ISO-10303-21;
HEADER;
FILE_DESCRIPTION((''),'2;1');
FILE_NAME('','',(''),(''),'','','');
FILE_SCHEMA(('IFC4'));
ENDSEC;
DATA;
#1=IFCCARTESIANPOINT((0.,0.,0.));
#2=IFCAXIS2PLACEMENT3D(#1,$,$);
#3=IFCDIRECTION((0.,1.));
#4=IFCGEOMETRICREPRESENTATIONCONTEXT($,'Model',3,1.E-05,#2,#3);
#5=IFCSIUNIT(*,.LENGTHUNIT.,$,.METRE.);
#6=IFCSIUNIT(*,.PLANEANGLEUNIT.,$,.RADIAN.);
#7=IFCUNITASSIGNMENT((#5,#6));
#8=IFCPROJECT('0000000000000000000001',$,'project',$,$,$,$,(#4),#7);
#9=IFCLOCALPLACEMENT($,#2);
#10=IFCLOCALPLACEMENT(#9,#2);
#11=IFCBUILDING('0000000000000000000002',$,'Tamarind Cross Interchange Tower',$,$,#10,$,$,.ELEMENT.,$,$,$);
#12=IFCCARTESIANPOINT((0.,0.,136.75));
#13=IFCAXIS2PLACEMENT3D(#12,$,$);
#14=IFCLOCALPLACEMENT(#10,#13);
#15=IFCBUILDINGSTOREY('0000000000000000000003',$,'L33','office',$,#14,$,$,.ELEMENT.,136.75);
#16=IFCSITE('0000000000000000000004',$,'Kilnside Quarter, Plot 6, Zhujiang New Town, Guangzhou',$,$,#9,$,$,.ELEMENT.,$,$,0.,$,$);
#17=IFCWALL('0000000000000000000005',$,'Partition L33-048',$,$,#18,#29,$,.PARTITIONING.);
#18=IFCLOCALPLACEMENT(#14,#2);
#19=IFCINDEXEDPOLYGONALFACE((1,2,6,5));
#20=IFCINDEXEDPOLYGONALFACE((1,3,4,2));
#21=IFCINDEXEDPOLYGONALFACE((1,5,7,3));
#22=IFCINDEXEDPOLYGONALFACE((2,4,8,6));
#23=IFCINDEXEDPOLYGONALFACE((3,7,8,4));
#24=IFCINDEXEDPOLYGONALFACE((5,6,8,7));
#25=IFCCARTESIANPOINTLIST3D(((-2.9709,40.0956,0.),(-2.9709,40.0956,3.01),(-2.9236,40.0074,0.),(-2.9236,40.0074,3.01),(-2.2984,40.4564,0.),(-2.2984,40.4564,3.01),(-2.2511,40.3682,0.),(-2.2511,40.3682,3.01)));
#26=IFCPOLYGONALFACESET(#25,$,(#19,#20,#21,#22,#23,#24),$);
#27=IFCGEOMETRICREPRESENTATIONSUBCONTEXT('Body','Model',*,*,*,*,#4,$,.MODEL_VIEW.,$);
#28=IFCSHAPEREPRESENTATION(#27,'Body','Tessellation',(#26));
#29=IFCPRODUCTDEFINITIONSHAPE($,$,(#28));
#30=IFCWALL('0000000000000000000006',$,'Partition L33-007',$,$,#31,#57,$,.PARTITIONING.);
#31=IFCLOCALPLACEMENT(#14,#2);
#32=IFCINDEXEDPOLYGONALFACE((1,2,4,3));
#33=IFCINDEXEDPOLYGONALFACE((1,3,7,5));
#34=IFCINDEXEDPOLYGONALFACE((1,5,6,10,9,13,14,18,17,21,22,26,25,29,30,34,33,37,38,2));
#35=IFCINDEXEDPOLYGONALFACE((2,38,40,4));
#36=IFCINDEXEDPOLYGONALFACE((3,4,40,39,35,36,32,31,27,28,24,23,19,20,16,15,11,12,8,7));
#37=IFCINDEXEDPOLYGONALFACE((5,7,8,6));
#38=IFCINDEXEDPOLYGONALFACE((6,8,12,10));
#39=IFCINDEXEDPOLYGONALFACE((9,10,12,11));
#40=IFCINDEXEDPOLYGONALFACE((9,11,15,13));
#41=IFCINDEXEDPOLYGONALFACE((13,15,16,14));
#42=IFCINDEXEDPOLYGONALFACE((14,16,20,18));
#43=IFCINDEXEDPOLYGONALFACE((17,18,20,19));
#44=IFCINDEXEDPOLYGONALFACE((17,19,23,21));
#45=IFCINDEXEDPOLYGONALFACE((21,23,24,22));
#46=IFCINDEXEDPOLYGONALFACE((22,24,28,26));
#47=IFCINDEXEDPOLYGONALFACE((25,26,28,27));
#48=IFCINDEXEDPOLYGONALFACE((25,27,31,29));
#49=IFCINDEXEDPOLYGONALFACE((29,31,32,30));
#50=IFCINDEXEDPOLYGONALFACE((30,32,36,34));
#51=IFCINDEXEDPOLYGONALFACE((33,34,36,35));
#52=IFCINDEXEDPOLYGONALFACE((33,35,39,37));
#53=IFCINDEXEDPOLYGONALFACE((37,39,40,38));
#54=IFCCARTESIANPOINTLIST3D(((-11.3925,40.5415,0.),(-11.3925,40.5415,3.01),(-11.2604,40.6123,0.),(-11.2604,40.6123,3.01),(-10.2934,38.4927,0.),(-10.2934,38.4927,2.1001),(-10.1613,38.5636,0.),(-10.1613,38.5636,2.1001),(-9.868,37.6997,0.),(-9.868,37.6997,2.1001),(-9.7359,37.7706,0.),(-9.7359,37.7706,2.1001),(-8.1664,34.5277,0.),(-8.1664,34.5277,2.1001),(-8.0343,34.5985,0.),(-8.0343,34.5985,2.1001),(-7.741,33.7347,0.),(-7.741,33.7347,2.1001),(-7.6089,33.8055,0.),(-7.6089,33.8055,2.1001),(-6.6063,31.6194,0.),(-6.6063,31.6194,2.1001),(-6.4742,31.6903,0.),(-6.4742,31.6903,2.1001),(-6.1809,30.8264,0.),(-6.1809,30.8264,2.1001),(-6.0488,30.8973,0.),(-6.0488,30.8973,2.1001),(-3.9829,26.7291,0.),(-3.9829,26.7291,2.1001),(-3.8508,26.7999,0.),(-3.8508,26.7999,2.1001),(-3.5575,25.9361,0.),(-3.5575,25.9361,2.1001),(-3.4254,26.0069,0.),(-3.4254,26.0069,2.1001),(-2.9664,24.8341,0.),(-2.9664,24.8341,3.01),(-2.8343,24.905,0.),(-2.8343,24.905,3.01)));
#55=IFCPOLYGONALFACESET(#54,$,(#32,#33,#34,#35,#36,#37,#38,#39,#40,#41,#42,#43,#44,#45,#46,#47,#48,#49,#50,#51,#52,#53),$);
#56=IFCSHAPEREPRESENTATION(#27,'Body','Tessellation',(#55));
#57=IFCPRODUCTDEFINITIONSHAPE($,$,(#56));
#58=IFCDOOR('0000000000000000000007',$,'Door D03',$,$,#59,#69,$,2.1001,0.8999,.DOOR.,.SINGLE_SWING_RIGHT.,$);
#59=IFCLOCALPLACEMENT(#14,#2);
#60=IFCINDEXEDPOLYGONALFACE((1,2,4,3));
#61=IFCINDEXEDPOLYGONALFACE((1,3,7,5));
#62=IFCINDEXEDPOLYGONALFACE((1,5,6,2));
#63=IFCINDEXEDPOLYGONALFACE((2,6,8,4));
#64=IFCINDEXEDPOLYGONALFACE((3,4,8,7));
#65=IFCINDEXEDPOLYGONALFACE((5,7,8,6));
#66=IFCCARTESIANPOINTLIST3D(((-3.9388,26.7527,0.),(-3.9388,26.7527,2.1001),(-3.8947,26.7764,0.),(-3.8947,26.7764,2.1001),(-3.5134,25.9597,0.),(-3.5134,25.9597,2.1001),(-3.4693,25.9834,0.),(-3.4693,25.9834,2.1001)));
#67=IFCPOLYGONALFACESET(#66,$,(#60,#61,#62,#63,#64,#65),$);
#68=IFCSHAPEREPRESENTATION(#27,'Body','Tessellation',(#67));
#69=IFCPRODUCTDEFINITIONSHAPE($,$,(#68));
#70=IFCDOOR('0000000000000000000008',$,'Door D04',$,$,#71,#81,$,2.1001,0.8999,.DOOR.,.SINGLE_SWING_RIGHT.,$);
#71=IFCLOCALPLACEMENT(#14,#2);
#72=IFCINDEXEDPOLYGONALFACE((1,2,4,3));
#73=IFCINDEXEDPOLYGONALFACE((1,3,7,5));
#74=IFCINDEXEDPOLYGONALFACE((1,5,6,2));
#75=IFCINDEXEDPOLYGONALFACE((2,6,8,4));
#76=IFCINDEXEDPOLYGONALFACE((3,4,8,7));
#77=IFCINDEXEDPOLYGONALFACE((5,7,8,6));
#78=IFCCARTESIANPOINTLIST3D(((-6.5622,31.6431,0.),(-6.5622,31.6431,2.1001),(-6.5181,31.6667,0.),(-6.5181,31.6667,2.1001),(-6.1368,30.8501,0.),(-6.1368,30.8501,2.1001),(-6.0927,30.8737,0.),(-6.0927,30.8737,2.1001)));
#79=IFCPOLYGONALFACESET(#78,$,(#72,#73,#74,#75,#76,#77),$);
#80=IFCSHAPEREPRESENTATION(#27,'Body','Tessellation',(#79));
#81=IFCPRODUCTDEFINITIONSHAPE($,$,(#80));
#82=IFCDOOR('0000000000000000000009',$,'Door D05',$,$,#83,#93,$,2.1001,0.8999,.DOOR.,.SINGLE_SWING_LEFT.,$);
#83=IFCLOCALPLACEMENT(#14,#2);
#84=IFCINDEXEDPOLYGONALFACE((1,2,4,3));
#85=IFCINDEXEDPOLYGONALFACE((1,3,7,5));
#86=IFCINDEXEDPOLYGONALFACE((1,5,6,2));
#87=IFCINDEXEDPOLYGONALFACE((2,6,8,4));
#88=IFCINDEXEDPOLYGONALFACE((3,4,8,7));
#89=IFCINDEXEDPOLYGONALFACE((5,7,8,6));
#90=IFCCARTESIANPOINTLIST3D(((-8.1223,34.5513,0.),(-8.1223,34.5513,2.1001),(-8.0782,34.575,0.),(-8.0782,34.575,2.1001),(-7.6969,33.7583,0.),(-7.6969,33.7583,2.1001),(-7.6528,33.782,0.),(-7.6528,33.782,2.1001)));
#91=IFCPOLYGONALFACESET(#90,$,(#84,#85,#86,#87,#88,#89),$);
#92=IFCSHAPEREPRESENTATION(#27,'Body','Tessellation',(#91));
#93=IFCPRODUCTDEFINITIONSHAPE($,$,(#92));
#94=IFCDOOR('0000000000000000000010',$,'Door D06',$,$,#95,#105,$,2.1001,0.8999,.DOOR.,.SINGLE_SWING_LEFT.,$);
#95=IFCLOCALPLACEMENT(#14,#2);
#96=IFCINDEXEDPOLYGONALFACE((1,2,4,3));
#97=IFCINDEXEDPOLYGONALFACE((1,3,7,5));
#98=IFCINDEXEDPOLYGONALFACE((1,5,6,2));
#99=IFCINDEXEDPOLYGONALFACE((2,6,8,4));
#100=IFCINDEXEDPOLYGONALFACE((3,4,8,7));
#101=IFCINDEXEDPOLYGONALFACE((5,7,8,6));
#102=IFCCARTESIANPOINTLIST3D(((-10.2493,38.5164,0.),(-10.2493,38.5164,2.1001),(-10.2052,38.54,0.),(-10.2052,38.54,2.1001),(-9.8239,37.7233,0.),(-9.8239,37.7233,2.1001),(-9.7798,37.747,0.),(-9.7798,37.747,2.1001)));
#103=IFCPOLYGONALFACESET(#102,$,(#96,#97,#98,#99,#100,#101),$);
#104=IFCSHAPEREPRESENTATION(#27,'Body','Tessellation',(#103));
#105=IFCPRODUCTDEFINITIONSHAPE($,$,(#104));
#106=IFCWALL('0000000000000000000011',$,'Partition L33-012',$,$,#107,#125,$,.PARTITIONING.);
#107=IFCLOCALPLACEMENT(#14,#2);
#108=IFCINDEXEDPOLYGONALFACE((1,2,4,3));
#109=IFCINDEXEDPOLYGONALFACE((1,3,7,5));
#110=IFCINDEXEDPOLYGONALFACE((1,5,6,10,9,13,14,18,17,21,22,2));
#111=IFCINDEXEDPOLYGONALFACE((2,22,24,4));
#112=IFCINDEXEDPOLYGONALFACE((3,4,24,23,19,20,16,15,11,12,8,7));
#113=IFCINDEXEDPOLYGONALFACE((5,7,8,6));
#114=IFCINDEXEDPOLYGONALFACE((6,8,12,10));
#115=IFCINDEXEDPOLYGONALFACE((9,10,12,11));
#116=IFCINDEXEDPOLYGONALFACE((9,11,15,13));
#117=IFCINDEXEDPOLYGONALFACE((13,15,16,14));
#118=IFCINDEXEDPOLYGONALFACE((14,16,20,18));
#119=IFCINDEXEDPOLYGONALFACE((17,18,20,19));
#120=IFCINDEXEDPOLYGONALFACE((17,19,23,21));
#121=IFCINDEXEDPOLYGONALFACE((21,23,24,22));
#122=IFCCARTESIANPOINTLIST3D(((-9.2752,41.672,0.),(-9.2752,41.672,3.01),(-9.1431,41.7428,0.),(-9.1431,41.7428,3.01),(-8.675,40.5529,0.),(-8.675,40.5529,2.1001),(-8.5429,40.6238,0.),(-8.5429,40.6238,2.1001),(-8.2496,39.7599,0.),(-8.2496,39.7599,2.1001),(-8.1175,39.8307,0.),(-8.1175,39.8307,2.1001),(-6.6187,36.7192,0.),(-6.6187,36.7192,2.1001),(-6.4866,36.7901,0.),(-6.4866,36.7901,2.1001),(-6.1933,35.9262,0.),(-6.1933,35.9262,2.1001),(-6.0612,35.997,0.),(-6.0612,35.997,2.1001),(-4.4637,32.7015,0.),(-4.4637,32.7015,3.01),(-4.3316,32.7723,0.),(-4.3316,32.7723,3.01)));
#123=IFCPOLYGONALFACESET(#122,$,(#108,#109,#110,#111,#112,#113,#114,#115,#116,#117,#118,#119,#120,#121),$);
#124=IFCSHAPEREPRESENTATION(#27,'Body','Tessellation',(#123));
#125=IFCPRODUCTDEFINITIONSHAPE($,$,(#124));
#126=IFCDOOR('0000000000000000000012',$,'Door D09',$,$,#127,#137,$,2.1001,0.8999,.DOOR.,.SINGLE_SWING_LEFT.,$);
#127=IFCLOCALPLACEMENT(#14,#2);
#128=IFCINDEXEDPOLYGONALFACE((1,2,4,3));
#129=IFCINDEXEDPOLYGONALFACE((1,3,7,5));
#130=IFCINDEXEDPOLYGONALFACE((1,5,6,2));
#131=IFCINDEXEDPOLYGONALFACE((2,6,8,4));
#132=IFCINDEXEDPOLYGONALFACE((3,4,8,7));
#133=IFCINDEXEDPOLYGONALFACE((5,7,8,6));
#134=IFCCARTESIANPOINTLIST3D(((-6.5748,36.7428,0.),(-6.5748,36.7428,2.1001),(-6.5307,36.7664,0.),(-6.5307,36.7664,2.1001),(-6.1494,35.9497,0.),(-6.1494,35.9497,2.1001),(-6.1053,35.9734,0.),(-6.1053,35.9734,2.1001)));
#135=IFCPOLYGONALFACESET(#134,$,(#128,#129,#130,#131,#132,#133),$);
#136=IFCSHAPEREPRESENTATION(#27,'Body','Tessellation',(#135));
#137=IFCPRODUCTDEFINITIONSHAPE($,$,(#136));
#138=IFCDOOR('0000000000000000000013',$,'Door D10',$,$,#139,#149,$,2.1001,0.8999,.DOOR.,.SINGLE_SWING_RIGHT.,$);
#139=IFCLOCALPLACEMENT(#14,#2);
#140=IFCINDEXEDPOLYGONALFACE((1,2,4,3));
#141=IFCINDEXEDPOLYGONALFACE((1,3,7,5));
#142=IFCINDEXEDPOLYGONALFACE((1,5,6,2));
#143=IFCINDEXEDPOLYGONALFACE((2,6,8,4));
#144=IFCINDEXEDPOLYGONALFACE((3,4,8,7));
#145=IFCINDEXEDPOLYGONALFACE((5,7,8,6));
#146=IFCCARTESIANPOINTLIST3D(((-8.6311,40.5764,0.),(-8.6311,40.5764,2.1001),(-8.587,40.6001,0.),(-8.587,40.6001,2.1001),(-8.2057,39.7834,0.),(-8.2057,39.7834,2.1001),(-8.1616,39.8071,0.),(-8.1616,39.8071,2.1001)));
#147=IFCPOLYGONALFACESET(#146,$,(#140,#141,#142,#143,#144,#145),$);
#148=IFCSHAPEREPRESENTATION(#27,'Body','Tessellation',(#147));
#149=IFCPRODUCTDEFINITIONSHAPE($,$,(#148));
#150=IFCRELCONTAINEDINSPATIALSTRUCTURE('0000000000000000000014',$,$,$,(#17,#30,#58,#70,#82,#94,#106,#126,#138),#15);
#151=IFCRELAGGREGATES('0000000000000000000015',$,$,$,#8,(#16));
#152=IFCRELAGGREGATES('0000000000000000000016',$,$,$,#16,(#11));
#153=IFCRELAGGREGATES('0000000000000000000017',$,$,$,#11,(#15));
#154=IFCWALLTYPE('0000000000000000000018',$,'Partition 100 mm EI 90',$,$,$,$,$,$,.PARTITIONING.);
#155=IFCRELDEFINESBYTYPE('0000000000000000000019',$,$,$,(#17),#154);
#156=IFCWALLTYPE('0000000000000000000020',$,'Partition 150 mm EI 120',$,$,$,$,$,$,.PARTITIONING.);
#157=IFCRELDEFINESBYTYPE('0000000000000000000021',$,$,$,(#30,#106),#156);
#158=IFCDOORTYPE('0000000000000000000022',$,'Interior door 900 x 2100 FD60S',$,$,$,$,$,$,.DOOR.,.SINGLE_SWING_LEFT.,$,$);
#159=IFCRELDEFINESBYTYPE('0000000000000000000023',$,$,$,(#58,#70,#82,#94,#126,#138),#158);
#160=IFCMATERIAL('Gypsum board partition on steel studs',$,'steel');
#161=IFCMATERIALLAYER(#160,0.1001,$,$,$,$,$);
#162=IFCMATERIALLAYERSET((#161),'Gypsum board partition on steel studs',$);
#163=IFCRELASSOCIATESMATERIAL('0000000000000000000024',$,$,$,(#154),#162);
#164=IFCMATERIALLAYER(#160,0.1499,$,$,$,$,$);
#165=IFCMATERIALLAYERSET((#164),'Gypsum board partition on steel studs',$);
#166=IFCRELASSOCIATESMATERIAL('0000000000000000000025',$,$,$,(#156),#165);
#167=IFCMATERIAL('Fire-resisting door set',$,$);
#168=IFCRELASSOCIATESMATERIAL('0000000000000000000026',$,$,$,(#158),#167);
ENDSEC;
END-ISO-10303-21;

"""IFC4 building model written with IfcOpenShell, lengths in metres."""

from ifc_helpers import new_model, si_unit, direction, frame, frame_2d, origin, place, context, subcontext, project, spatial, rectangle, extrude, material, layer, layer_set, type_object, element, fill, save


model = new_model("IFC4")

# Units and contexts
model_context = context("Model", 3, precision=1e-05, world=origin(), true_north=direction((0.0, 1.0)))
body_context = subcontext(model_context, "Body", "Model", "MODEL_VIEW")
ifc_project = project(units=[si_unit("LENGTHUNIT", "METRE"), si_unit("PLANEANGLEUNIT", "RADIAN")], contexts=[model_context])

# Site, building, storey
site_placement = place(None, origin())
site = spatial("IfcSite", under=ifc_project, at=site_placement, Name="Kilnside Quarter, Plot 6, Zhujiang New Town, Guangzhou", CompositionType="ELEMENT", RefElevation=0.0)
building_placement = place(site_placement, origin())
building = spatial("IfcBuilding", under=site, at=building_placement, Name="Tamarind Cross Interchange Tower", CompositionType="ELEMENT")
storey_placement = place(building_placement, frame((0.0, 0.0, 136.75)))
storey = spatial("IfcBuildingStorey", under=building, at=storey_placement, Name="L33", Description="office", CompositionType="ELEMENT", Elevation=136.75)

# Wall
ifc_material_1 = material(Name="Gypsum board partition on steel studs", Category="steel")
ifc_layer_1 = layer(ifc_material_1, 0.1001)
ifc_layer_set_1 = layer_set([ifc_layer_1], Name="Gypsum board partition on steel studs")
wall_type_1 = type_object("IfcWallType", Name="Partition 100 mm EI 90", PredefinedType="PARTITIONING", material=ifc_layer_set_1)
wall_1_placement = place(storey_placement, frame((-2.9473, 40.0515, 0.0), z_axis=(0.0, 0.0, 1.0), x_axis=(0.881199, 0.472745, 0.0)))
element("IfcWall", 1, at=wall_1_placement, inside=storey, type_object=wall_type_1, Name="Partition L33-048", PredefinedType="PARTITIONING", context=body_context, shape_type="SweptSolid", body=[
    extrude(rectangle(XDim=0.7632, YDim=0.1001, at=frame_2d((0.3816, 0.0))), origin(), (0.0, 0.0, 1.0), 3.01),
])

# Walls, openings, doors
ifc_layer_2 = layer(ifc_material_1, 0.1499)
ifc_layer_set_2 = layer_set([ifc_layer_2], Name="Gypsum board partition on steel studs")
wall_type_2 = type_object("IfcWallType", Name="Partition 150 mm EI 120", PredefinedType="PARTITIONING", material=ifc_layer_set_2)
wall_2_placement = place(storey_placement, frame((-11.3264, 40.5769, 0.0), z_axis=(0.0, 0.0, 1.0), x_axis=(0.472719, -0.881213, 0.0)))
wall_2 = element("IfcWall", 2, at=wall_2_placement, inside=storey, type_object=wall_type_2, Name="Partition L33-007", PredefinedType="PARTITIONING", context=body_context, shape_type="SweptSolid", body=[
    extrude(rectangle(XDim=17.8247, YDim=0.1499, at=frame_2d((8.9124, 0.0))), origin(), (0.0, 0.0, 1.0), 3.01),
])
opening_1_placement = place(wall_2_placement, frame((15.6743, 0.0, 0.0)))
opening_1 = element("IfcOpeningElement", 3, at=opening_1_placement, cuts=wall_2, PredefinedType="OPENING", context=body_context, shape_type="SweptSolid", body=[
    extrude(rectangle(XDim=0.8999, YDim=2.1001, at=frame_2d((0.45, 1.05))), frame((0.0, 0.085, 0.0), z_axis=(0.0, -1.0, 0.0), x_axis=(1.0, 0.0, 0.0)), (0.0, 0.0, 1.0), 0.1699),
])
opening_2_placement = place(wall_2_placement, frame((10.1248, 0.0, 0.0)))
opening_2 = element("IfcOpeningElement", 4, at=opening_2_placement, cuts=wall_2, PredefinedType="OPENING", context=body_context, shape_type="SweptSolid", body=[
    extrude(rectangle(XDim=0.8999, YDim=2.1001, at=frame_2d((0.45, 1.05))), frame((0.0, 0.085, 0.0), z_axis=(0.0, -1.0, 0.0), x_axis=(1.0, 0.0, 0.0)), (0.0, 0.0, 1.0), 0.1699),
])
opening_3_placement = place(wall_2_placement, frame((6.8245, 0.0, 0.0)))
opening_3 = element("IfcOpeningElement", 5, at=opening_3_placement, cuts=wall_2, PredefinedType="OPENING", context=body_context, shape_type="SweptSolid", body=[
    extrude(rectangle(XDim=0.8999, YDim=2.1001, at=frame_2d((0.45, 1.05))), frame((0.0, 0.085, 0.0), z_axis=(0.0, -1.0, 0.0), x_axis=(1.0, 0.0, 0.0)), (0.0, 0.0, 1.0), 0.1699),
])
opening_4_placement = place(wall_2_placement, frame((2.325, 0.0, 0.0)))
opening_4 = element("IfcOpeningElement", 6, at=opening_4_placement, cuts=wall_2, PredefinedType="OPENING", context=body_context, shape_type="SweptSolid", body=[
    extrude(rectangle(XDim=0.8999, YDim=2.1001, at=frame_2d((0.45, 1.05))), frame((0.0, 0.085, 0.0), z_axis=(0.0, -1.0, 0.0), x_axis=(1.0, 0.0, 0.0)), (0.0, 0.0, 1.0), 0.1699),
])
ifc_material_2 = material(Name="Fire-resisting door set")
door_type = type_object("IfcDoorType", Name="Interior door 900 x 2100 FD60S", OperationType="SINGLE_SWING_LEFT", PredefinedType="DOOR", material=ifc_material_2)
door_1_placement = place(opening_1_placement, frame((0.8999, 0.0, 0.0), z_axis=(0.0, 0.0, 1.0), x_axis=(-1.0, 0.0, 0.0)))
door_1 = element("IfcDoor", 7, at=door_1_placement, inside=storey, type_object=door_type, Name="Door D03", OperationType="SINGLE_SWING_RIGHT", OverallHeight=2.1001, OverallWidth=0.8999, PredefinedType="DOOR", context=body_context, shape_type="SweptSolid", body=[
    extrude(rectangle(XDim=0.8999, YDim=2.1001, at=frame_2d((0.45, 1.05))), frame((0.0, 0.0249, 0.0), z_axis=(0.0, -1.0, 0.0), x_axis=(1.0, 0.0, 0.0)), (0.0, 0.0, 1.0), 0.05),
])
fill(opening_1, door_1)
door_2_placement = place(opening_2_placement, frame((0.8999, 0.0, 0.0), z_axis=(0.0, 0.0, 1.0), x_axis=(-1.0, 0.0, 0.0)))
door_2 = element("IfcDoor", 8, at=door_2_placement, inside=storey, type_object=door_type, Name="Door D04", OperationType="SINGLE_SWING_RIGHT", OverallHeight=2.1001, OverallWidth=0.8999, PredefinedType="DOOR", context=body_context, shape_type="SweptSolid", body=[
    extrude(rectangle(XDim=0.8999, YDim=2.1001, at=frame_2d((0.45, 1.05))), frame((0.0, 0.0249, 0.0), z_axis=(0.0, -1.0, 0.0), x_axis=(1.0, 0.0, 0.0)), (0.0, 0.0, 1.0), 0.05),
])
fill(opening_2, door_2)
door_3_placement = place(opening_3_placement, frame((0.8999, 0.0, 0.0), z_axis=(0.0, 0.0, 1.0), x_axis=(-1.0, 0.0, 0.0)))
door_3 = element("IfcDoor", 9, at=door_3_placement, inside=storey, type_object=door_type, Name="Door D05", OperationType="SINGLE_SWING_LEFT", OverallHeight=2.1001, OverallWidth=0.8999, PredefinedType="DOOR", context=body_context, shape_type="SweptSolid", body=[
    extrude(rectangle(XDim=0.8999, YDim=2.1001, at=frame_2d((0.45, 1.05))), frame((0.0, 0.0249, 0.0), z_axis=(0.0, -1.0, 0.0), x_axis=(1.0, 0.0, 0.0)), (0.0, 0.0, 1.0), 0.05),
])
fill(opening_3, door_3)
door_4_placement = place(opening_4_placement, frame((0.8999, 0.0, 0.0), z_axis=(0.0, 0.0, 1.0), x_axis=(-1.0, 0.0, 0.0)))
door_4 = element("IfcDoor", 10, at=door_4_placement, inside=storey, type_object=door_type, Name="Door D06", OperationType="SINGLE_SWING_LEFT", OverallHeight=2.1001, OverallWidth=0.8999, PredefinedType="DOOR", context=body_context, shape_type="SweptSolid", body=[
    extrude(rectangle(XDim=0.8999, YDim=2.1001, at=frame_2d((0.45, 1.05))), frame((0.0, 0.0249, 0.0), z_axis=(0.0, -1.0, 0.0), x_axis=(1.0, 0.0, 0.0)), (0.0, 0.0, 1.0), 0.05),
])
fill(opening_4, door_4)
wall_3_placement = place(storey_placement, frame((-9.2092, 41.7075, 0.0), z_axis=(0.0, 0.0, 1.0), x_axis=(0.472673, -0.881238, 0.0)))
wall_3 = element("IfcWall", 11, at=wall_3_placement, inside=storey, type_object=wall_type_2, Name="Partition L33-012", PredefinedType="PARTITIONING", context=body_context, shape_type="SweptSolid", body=[
    extrude(rectangle(XDim=10.1794, YDim=0.1499, at=frame_2d((5.0898, 0.0))), origin(), (0.0, 0.0, 1.0), 3.01),
])
opening_5_placement = place(wall_3_placement, frame((5.6204, 0.0, 0.0)))
opening_5 = element("IfcOpeningElement", 12, at=opening_5_placement, cuts=wall_3, PredefinedType="OPENING", context=body_context, shape_type="SweptSolid", body=[
    extrude(rectangle(XDim=0.8999, YDim=2.1001, at=frame_2d((0.45, 1.05))), frame((0.0, 0.085, 0.0), z_axis=(0.0, -1.0, 0.0), x_axis=(1.0, 0.0, 0.0)), (0.0, 0.0, 1.0), 0.1699),
])
opening_6_placement = place(wall_3_placement, frame((1.27, 0.0, 0.0)))
opening_6 = element("IfcOpeningElement", 13, at=opening_6_placement, cuts=wall_3, PredefinedType="OPENING", context=body_context, shape_type="SweptSolid", body=[
    extrude(rectangle(XDim=0.8999, YDim=2.1001, at=frame_2d((0.45, 1.05))), frame((0.0, 0.085, 0.0), z_axis=(0.0, -1.0, 0.0), x_axis=(1.0, 0.0, 0.0)), (0.0, 0.0, 1.0), 0.1699),
])
door_5_placement = place(opening_5_placement, origin())
door_5 = element("IfcDoor", 14, at=door_5_placement, inside=storey, type_object=door_type, Name="Door D09", OperationType="SINGLE_SWING_LEFT", OverallHeight=2.1001, OverallWidth=0.8999, PredefinedType="DOOR", context=body_context, shape_type="SweptSolid", body=[
    extrude(rectangle(XDim=0.8999, YDim=2.1001, at=frame_2d((0.45, 1.05))), frame((0.0, 0.0249, 0.0), z_axis=(0.0, -1.0, 0.0), x_axis=(1.0, 0.0, 0.0)), (0.0, 0.0, 1.0), 0.05),
])
fill(opening_5, door_5)
door_6_placement = place(opening_6_placement, origin())
door_6 = element("IfcDoor", 15, at=door_6_placement, inside=storey, type_object=door_type, Name="Door D10", OperationType="SINGLE_SWING_RIGHT", OverallHeight=2.1001, OverallWidth=0.8999, PredefinedType="DOOR", context=body_context, shape_type="SweptSolid", body=[
    extrude(rectangle(XDim=0.8999, YDim=2.1001, at=frame_2d((0.45, 1.05))), frame((0.0, 0.0249, 0.0), z_axis=(0.0, -1.0, 0.0), x_axis=(1.0, 0.0, 0.0)), (0.0, 0.0, 1.0), 0.05),
])
fill(opening_6, door_6)

save(model, "model.ifc")
